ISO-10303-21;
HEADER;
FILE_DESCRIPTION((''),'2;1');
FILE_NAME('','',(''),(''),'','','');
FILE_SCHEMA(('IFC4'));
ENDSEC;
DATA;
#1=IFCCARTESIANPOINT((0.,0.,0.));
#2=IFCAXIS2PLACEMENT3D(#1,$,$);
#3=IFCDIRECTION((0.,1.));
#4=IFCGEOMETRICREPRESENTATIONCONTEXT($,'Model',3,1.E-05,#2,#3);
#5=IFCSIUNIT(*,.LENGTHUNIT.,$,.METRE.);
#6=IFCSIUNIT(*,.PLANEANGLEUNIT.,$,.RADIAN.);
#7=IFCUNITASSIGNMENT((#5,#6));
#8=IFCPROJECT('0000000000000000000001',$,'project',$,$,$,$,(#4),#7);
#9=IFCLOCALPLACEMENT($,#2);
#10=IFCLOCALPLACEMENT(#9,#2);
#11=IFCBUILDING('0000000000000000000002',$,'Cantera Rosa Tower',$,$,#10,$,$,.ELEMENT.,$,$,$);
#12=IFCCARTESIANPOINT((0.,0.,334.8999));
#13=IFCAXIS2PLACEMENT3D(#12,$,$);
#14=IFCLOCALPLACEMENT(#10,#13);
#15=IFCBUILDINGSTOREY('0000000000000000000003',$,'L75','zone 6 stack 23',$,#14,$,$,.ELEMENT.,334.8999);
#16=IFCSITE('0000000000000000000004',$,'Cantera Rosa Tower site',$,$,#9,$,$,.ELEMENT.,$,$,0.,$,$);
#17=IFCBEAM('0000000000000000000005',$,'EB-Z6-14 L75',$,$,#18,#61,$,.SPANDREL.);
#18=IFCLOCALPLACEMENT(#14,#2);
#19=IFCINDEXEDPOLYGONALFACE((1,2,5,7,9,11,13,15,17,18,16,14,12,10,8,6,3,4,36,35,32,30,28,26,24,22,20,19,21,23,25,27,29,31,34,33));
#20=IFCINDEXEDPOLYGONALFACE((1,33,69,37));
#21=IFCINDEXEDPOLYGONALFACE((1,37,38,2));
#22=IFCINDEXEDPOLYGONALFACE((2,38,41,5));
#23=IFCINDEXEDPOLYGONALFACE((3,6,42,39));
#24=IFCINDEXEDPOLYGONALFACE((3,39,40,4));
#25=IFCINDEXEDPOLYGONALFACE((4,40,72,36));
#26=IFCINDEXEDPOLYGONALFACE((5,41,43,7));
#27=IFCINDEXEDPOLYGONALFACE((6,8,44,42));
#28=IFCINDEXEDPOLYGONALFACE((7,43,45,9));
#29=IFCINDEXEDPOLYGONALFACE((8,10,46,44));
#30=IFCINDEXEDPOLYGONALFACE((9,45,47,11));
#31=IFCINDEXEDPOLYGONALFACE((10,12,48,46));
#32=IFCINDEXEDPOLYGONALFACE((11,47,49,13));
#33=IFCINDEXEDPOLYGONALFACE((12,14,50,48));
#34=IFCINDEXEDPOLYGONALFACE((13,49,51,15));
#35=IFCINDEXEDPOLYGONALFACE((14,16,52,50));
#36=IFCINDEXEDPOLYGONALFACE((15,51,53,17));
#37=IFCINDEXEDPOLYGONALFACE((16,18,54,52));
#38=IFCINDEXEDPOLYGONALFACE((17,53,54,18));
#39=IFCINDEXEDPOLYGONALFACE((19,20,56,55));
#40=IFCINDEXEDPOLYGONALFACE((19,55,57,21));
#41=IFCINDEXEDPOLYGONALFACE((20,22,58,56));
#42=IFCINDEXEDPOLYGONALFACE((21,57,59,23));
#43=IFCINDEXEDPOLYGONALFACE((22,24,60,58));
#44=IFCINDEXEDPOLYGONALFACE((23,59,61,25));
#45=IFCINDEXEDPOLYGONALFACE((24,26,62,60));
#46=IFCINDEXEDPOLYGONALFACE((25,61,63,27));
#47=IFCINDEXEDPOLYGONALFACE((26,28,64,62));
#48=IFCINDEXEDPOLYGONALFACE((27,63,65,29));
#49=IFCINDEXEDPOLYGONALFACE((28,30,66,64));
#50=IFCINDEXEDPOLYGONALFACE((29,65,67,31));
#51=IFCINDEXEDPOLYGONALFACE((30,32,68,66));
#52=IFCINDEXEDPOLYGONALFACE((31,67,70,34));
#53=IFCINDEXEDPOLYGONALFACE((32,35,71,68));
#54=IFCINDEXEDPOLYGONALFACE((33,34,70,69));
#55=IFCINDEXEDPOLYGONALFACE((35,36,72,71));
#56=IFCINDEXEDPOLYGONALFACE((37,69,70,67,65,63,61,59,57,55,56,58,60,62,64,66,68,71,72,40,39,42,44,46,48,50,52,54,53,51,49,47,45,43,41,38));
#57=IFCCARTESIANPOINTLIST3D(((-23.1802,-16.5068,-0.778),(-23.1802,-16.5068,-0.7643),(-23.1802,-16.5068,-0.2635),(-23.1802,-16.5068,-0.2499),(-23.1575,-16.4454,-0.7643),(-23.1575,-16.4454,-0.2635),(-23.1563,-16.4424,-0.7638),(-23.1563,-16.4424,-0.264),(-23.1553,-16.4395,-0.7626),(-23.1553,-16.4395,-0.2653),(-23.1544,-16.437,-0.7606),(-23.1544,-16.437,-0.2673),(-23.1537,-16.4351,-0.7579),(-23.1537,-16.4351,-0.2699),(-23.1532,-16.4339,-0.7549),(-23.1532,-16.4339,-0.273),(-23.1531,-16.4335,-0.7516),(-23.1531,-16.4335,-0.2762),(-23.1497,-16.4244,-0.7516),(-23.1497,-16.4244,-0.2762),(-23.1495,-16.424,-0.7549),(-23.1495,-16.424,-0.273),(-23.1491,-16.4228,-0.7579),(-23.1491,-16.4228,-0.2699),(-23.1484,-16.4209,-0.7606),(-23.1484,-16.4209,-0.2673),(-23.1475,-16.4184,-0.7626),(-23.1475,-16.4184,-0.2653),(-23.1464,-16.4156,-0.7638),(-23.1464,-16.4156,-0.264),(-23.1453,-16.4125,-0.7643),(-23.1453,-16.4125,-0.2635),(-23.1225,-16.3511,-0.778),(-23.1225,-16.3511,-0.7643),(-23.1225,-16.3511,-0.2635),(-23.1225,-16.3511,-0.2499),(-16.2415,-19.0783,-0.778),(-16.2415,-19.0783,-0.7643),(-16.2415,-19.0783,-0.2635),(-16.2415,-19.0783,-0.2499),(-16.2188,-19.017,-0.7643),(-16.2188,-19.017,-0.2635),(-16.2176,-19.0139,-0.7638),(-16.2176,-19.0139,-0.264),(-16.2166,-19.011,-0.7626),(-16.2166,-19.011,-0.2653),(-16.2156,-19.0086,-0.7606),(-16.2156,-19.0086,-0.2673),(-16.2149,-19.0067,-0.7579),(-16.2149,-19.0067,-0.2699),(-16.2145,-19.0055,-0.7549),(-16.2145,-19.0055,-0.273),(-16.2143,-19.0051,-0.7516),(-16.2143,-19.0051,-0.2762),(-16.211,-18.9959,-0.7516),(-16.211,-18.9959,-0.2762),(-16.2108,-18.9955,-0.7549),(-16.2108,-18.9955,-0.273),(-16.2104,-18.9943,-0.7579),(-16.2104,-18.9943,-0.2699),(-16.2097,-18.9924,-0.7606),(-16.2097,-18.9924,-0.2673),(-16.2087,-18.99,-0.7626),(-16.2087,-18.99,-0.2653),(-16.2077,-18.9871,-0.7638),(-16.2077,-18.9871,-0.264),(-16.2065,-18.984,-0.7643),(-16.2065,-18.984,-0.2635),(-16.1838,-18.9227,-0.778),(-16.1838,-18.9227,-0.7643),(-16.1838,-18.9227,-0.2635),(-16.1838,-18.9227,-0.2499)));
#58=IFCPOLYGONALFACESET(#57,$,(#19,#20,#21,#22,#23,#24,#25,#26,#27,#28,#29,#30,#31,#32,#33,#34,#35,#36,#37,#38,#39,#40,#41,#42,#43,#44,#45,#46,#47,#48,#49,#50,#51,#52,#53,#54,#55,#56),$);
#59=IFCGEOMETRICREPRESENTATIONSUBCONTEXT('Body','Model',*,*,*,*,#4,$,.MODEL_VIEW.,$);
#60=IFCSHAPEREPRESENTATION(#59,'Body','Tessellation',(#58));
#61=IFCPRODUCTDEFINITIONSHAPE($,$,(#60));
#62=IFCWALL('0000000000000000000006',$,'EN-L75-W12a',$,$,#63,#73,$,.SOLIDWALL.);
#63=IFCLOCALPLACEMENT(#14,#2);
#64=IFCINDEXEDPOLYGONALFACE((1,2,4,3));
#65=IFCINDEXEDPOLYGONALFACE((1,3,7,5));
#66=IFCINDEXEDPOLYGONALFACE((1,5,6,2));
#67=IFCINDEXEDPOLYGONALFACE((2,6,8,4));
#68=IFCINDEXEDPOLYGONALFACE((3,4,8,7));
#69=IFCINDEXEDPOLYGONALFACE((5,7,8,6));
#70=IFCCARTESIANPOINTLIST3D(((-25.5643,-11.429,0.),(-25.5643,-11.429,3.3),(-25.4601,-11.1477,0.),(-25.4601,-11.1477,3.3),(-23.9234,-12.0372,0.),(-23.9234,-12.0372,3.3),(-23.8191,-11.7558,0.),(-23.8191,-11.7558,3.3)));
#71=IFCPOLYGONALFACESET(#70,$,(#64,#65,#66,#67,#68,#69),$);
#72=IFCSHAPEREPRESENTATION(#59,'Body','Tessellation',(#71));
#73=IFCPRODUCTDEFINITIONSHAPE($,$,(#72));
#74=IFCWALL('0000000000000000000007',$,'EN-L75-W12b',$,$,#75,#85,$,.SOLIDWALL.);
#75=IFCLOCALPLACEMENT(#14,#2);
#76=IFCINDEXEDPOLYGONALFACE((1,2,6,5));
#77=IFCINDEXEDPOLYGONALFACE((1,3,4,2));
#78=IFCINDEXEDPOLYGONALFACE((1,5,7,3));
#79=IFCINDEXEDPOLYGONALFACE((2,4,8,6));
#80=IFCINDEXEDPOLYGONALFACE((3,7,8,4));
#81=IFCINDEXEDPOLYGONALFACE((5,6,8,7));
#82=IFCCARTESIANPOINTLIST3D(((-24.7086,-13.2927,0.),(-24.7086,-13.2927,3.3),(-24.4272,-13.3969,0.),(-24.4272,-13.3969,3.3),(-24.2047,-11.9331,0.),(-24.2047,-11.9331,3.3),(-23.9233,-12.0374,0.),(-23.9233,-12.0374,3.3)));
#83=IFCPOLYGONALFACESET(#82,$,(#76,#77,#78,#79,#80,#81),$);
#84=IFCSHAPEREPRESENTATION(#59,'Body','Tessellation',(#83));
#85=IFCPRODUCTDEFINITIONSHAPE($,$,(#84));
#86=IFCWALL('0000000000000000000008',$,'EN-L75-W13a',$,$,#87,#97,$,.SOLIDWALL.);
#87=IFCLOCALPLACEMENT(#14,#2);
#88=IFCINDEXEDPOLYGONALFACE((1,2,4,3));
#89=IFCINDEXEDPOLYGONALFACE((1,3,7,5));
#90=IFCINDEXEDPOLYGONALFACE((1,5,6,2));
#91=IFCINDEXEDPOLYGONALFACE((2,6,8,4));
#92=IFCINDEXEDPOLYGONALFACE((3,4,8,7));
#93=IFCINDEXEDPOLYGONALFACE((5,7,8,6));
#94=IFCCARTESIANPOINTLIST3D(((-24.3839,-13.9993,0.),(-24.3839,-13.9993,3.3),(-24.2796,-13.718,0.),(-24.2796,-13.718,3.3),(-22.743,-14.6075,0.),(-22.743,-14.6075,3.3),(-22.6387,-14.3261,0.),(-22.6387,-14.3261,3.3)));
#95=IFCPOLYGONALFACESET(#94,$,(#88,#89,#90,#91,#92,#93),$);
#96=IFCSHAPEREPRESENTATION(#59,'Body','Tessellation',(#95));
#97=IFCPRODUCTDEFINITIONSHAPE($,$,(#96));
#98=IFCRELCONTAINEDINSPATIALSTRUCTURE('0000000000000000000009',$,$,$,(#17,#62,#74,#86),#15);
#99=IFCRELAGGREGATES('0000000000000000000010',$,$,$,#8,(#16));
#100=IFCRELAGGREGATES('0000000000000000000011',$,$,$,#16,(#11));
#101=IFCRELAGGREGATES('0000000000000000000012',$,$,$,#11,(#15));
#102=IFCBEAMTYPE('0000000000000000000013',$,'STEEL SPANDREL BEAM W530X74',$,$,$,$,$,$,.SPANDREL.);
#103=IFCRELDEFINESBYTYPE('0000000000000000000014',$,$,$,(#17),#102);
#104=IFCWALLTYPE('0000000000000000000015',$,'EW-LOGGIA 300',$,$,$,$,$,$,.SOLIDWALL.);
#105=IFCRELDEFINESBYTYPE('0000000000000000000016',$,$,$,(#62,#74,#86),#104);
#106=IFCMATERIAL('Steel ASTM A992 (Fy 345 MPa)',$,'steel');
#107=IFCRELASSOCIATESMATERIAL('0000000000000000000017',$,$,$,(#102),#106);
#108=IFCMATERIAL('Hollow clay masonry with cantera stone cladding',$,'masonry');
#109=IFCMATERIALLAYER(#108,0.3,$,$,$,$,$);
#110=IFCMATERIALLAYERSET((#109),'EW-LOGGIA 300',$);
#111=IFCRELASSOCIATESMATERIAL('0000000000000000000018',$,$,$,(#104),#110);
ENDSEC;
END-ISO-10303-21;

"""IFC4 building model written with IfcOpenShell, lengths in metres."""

from ifc_helpers import new_model, si_unit, direction, frame, frame_2d, origin, origin_2d, place, context, subcontext, project, spatial, rectangle, i_section, extrude, material, layer, layer_set, material_profile, profile_set, type_object, element, save


model = new_model("IFC4")

# Units and contexts
model_context = context("Model", 3, precision=1e-05, world=origin(), true_north=direction((0.0, 1.0)))
body_context = subcontext(model_context, "Body", "Model", "MODEL_VIEW")
ifc_project = project(units=[si_unit("LENGTHUNIT", "METRE"), si_unit("PLANEANGLEUNIT", "RADIAN")], contexts=[model_context])

# Site, building, storey
site_placement = place(None, origin())
site = spatial("IfcSite", under=ifc_project, at=site_placement, Name="Cantera Rosa Tower site", CompositionType="ELEMENT", RefElevation=0.0)
building_placement = place(site_placement, origin())
building = spatial("IfcBuilding", under=site, at=building_placement, Name="Cantera Rosa Tower", CompositionType="ELEMENT")
storey_placement = place(building_placement, frame((0.0, 0.0, 334.8999)))
storey = spatial("IfcBuildingStorey", under=building, at=storey_placement, Name="L75", Description="zone 6 stack 23", CompositionType="ELEMENT", Elevation=334.8999)

# Beam
ifc_material_1 = material(Name="Steel ASTM A992 (Fy 345 MPa)", Category="steel")
ifc_material_profile_1 = material_profile(ifc_material_1, i_section(OverallWidth=0.166, OverallDepth=0.5281, WebThickness=0.0098, FlangeThickness=0.0137, FilletRadius=0.0127, at=origin_2d()), Name="W530X74")
ifc_profile_set_1 = profile_set([ifc_material_profile_1], Name="Steel ASTM A992 (Fy 345 MPa)")
beam_type_1 = type_object("IfcBeamType", Name="STEEL SPANDREL BEAM W530X74", PredefinedType="SPANDREL", material=ifc_profile_set_1)
beam_1_placement = place(storey_placement, frame((-23.1514, -16.429, -0.5139), z_axis=(0.937677, -0.347509, 0.0), x_axis=(0.347509, 0.937677, 0.0)))
element("IfcBeam", 1, at=beam_1_placement, inside=storey, type_object=beam_type_1, Name="EB-Z6-14 L75", PredefinedType="SPANDREL", context=body_context, shape_type="SweptSolid", body=[
    extrude(i_section(OverallWidth=0.166, OverallDepth=0.5281, WebThickness=0.0098, FlangeThickness=0.0137, FilletRadius=0.0127, at=origin_2d()), origin(), (0.0, 0.0, 1.0), 7.3999),
])

# Walls
ifc_material_2 = material(Name="Hollow clay masonry with cantera stone cladding", Category="masonry")
ifc_layer_1 = layer(ifc_material_2, 0.3)
ifc_layer_set_1 = layer_set([ifc_layer_1], Name="EW-LOGGIA 300")
wall_type_1 = type_object("IfcWallType", Name="EW-LOGGIA 300", PredefinedType="SOLIDWALL", material=ifc_layer_set_1)
wall_1_placement = place(storey_placement, frame((-25.5122, -11.2883, 0.0), z_axis=(0.0, 0.0, 1.0), x_axis=(0.93767, -0.347528, 0.0)))
element("IfcWall", 2, at=wall_1_placement, inside=storey, type_object=wall_type_1, Name="EN-L75-W12a", PredefinedType="SOLIDWALL", context=body_context, shape_type="SweptSolid", body=[
    extrude(rectangle(XDim=1.75, YDim=0.3, at=frame_2d((0.875, 0.0))), origin(), (0.0, 0.0, 1.0), 3.3),
])
wall_2_placement = place(storey_placement, frame((-24.064, -11.9851, 0.0), z_axis=(0.0, 0.0, 1.0), x_axis=(-0.347523, -0.937672, 0.0)))
element("IfcWall", 3, at=wall_2_placement, inside=storey, type_object=wall_type_1, Name="EN-L75-W12b", PredefinedType="SOLIDWALL", context=body_context, shape_type="SweptSolid", body=[
    extrude(rectangle(XDim=1.45, YDim=0.3, at=frame_2d((0.7251, 0.0))), origin(), (0.0, 0.0, 1.0), 3.3),
])
wall_3_placement = place(storey_placement, frame((-24.3318, -13.8586, 0.0), z_axis=(0.0, 0.0, 1.0), x_axis=(0.93767, -0.347528, 0.0)))
element("IfcWall", 4, at=wall_3_placement, inside=storey, type_object=wall_type_1, Name="EN-L75-W13a", PredefinedType="SOLIDWALL", context=body_context, shape_type="SweptSolid", body=[
    extrude(rectangle(XDim=1.75, YDim=0.3, at=frame_2d((0.875, 0.0))), origin(), (0.0, 0.0, 1.0), 3.3),
])

save(model, "model.ifc")
